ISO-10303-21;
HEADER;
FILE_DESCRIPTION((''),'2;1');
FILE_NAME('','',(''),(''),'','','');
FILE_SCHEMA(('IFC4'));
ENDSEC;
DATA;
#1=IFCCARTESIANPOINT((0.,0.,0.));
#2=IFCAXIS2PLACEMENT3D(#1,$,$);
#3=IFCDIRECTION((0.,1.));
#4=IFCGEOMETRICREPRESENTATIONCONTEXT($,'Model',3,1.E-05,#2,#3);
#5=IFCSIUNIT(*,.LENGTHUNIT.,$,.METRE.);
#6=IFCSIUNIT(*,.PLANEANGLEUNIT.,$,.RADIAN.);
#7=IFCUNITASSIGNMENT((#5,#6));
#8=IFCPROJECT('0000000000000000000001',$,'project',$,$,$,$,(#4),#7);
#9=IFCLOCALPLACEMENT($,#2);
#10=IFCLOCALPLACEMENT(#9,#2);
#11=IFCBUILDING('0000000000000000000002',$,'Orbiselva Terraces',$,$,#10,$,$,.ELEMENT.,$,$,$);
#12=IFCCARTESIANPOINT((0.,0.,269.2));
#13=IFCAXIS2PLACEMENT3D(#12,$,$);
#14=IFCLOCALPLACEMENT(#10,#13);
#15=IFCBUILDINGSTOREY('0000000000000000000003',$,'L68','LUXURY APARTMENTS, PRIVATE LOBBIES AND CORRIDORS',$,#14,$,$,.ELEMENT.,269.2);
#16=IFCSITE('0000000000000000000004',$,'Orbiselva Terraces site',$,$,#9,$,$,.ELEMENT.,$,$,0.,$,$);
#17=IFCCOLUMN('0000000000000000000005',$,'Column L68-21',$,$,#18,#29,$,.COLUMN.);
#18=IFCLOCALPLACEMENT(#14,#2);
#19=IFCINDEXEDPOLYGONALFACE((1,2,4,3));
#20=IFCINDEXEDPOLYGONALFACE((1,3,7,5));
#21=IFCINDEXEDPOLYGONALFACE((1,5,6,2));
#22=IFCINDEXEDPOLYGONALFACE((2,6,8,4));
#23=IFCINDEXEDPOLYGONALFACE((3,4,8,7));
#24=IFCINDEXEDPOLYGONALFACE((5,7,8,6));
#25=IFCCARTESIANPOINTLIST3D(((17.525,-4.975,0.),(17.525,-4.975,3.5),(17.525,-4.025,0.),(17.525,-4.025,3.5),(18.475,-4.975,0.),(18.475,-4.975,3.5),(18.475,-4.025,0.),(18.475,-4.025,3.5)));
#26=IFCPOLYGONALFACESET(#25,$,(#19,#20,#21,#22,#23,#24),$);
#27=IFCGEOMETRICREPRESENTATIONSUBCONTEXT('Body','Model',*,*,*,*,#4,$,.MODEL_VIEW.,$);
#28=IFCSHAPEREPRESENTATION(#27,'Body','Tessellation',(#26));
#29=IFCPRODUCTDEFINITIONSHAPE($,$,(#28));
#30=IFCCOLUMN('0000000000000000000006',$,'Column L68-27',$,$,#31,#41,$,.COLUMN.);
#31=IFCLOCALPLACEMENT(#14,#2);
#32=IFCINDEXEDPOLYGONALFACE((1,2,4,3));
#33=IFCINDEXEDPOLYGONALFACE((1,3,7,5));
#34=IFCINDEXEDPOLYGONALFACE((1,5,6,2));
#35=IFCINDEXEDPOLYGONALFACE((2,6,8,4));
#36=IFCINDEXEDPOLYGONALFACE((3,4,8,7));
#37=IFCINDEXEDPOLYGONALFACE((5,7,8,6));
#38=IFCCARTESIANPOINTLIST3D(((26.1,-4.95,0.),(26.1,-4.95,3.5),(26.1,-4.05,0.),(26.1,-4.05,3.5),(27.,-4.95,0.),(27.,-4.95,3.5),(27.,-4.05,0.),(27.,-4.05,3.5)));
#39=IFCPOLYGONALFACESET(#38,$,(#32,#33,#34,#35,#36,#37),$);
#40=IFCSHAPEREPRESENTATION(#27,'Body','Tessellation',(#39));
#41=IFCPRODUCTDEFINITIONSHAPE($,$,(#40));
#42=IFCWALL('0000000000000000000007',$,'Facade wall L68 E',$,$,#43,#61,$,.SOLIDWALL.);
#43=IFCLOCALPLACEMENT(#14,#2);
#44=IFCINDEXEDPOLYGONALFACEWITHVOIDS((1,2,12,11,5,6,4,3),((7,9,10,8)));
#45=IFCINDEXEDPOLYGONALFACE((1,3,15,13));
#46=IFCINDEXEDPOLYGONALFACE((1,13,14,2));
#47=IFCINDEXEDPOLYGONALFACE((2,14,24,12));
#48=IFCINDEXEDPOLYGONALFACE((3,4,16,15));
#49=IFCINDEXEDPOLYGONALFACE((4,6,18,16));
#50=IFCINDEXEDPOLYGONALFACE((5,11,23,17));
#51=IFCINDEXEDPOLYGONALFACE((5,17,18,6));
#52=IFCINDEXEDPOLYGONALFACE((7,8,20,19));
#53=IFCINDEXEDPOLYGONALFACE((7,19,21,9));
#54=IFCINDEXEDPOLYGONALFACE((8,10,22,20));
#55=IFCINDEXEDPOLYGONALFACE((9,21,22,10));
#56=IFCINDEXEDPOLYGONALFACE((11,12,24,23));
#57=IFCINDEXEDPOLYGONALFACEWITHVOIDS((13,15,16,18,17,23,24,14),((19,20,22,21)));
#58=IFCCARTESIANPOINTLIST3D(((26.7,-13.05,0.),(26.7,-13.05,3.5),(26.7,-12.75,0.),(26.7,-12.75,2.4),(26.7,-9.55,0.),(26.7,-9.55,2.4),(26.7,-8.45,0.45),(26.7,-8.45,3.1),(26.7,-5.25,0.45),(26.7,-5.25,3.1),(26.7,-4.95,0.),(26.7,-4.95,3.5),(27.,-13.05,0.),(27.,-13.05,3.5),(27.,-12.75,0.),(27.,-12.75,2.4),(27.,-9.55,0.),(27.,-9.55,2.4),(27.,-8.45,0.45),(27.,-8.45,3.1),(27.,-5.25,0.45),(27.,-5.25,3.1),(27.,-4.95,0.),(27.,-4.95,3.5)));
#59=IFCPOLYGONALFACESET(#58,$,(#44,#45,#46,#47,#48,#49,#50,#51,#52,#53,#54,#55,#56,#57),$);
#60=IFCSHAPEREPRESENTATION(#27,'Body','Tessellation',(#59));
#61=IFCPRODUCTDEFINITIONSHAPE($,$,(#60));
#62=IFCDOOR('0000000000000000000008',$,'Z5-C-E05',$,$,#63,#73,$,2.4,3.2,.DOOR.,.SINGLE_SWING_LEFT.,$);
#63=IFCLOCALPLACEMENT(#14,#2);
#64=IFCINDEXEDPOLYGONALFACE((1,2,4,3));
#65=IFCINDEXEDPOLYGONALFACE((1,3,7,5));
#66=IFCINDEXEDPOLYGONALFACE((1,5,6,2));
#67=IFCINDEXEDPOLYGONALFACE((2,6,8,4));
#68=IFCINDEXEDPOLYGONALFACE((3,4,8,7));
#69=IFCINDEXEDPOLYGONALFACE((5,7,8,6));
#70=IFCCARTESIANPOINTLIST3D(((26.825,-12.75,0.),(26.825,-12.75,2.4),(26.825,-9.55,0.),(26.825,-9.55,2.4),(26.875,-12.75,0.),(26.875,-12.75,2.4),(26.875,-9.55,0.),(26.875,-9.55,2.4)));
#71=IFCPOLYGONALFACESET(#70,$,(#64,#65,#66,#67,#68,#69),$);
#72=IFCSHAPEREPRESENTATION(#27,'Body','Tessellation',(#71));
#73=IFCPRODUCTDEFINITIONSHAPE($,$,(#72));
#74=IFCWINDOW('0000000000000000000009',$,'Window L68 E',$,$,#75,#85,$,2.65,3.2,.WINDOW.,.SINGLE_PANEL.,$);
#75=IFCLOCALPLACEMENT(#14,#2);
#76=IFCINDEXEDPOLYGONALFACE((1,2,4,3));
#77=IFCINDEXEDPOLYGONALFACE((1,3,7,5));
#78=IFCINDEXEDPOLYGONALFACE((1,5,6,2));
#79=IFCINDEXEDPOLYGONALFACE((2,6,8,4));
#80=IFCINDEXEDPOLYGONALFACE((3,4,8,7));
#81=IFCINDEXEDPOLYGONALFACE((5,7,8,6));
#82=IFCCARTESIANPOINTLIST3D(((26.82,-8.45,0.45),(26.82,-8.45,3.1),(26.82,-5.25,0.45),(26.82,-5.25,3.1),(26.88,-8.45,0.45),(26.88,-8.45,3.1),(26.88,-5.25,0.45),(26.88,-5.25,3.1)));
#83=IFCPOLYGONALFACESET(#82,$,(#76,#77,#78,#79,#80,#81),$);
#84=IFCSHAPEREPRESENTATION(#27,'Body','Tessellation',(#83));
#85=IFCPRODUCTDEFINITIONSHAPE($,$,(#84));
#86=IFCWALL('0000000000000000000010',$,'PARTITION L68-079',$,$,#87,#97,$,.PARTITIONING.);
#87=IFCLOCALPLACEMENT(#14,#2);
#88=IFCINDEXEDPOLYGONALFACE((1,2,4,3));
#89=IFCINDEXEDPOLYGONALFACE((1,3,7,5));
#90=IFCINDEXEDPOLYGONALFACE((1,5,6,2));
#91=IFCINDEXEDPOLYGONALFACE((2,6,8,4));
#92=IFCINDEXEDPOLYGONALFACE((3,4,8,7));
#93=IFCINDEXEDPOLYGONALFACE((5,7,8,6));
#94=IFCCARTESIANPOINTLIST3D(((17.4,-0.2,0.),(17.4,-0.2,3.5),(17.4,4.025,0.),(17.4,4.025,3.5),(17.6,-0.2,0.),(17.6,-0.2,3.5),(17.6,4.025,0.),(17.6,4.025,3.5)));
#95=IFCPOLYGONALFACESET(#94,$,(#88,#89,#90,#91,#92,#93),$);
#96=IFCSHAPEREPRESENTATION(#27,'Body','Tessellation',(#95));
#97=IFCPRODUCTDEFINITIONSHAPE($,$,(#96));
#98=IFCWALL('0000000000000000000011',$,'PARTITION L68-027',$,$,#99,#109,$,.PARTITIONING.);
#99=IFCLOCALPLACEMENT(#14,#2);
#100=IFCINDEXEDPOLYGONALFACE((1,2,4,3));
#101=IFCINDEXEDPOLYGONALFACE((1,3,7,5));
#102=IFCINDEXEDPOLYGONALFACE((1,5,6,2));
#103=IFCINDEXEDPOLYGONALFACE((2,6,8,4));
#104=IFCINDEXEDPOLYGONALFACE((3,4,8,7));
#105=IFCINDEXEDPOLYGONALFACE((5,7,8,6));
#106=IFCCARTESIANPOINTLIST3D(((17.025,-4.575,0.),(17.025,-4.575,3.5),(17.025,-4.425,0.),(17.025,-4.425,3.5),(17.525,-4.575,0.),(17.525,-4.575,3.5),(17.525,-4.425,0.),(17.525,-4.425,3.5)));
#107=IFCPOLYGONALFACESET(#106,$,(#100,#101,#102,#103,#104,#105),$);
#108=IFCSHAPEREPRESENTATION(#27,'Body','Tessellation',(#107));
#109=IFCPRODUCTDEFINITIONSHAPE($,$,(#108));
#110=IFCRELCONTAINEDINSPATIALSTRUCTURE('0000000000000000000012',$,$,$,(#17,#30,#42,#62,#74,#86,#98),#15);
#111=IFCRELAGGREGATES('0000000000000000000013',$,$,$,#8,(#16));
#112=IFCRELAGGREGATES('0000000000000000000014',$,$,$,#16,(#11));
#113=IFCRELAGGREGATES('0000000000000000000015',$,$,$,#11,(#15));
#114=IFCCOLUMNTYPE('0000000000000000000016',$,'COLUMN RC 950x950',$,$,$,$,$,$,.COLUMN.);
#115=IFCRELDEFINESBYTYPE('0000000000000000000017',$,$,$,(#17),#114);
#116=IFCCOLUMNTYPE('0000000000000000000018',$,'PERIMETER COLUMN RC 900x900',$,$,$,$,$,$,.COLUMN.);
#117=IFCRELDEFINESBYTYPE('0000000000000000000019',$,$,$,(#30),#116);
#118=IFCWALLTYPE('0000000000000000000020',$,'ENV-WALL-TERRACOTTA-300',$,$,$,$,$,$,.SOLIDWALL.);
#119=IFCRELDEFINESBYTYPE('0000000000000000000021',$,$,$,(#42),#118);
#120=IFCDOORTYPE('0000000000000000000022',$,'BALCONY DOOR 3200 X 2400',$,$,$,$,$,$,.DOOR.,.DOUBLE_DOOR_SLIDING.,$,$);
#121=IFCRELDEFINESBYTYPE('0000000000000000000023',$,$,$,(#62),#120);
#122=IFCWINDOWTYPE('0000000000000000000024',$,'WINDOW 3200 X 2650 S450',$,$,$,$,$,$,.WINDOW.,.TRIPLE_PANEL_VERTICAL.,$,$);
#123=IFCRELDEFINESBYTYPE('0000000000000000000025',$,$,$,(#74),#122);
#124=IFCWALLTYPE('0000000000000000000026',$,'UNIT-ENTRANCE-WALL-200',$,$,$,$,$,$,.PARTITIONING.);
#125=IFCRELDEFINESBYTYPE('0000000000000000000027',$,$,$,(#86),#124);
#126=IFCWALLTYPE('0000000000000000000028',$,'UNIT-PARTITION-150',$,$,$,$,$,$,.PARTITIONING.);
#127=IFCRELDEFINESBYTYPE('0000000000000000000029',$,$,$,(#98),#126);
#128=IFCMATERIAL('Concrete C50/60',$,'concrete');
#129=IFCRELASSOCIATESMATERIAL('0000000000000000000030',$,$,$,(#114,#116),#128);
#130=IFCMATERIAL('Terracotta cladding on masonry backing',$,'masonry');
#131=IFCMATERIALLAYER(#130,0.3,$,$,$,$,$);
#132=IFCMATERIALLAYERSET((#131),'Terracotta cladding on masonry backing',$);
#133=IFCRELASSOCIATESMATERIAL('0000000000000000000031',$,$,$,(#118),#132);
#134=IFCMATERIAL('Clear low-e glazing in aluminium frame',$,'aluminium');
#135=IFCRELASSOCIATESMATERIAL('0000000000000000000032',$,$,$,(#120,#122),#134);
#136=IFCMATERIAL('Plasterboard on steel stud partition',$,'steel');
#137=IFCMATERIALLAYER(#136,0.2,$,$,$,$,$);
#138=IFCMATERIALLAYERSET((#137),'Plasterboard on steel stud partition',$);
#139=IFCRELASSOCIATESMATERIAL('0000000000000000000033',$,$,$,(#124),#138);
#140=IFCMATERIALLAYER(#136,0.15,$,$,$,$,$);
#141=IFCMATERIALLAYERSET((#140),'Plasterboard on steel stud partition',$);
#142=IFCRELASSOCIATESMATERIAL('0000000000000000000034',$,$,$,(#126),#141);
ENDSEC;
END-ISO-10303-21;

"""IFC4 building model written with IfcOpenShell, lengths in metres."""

from ifc_helpers import new_model, si_unit, direction, frame, frame_2d, origin, origin_2d, place, context, subcontext, project, spatial, rectangle, extrude, material, layer, layer_set, material_profile, profile_set, type_object, element, fill, save


model = new_model("IFC4")

# Units and contexts
model_context = context("Model", 3, precision=1e-05, world=origin(), true_north=direction((0.0, 1.0)))
body_context = subcontext(model_context, "Body", "Model", "MODEL_VIEW")
ifc_project = project(units=[si_unit("LENGTHUNIT", "METRE"), si_unit("PLANEANGLEUNIT", "RADIAN")], contexts=[model_context])

# Site, building, storey
site_placement = place(None, origin())
site = spatial("IfcSite", under=ifc_project, at=site_placement, Name="Orbiselva Terraces site", CompositionType="ELEMENT", RefElevation=0.0)
building_placement = place(site_placement, origin())
building = spatial("IfcBuilding", under=site, at=building_placement, Name="Orbiselva Terraces", CompositionType="ELEMENT")
storey_placement = place(building_placement, frame((0.0, 0.0, 269.2)))
storey = spatial("IfcBuildingStorey", under=building, at=storey_placement, Name="L68", Description="LUXURY APARTMENTS, PRIVATE LOBBIES AND CORRIDORS", CompositionType="ELEMENT", Elevation=269.2)

# Columns
ifc_material_1 = material(Name="Concrete C50/60", Category="concrete")
ifc_material_profile_1 = material_profile(ifc_material_1, rectangle(XDim=0.95, YDim=0.95, at=origin_2d()), Name="RC 950x950")
ifc_profile_set_1 = profile_set([ifc_material_profile_1], Name="Concrete C50/60")
column_type_1 = type_object("IfcColumnType", Name="COLUMN RC 950x950", PredefinedType="COLUMN", material=ifc_profile_set_1)
column_1_placement = place(storey_placement, frame((18.0, -4.5, 0.0), z_axis=(0.0, 0.0, 1.0), x_axis=(1.0, 0.0, 0.0)))
element("IfcColumn", 1, at=column_1_placement, inside=storey, type_object=column_type_1, Name="Column L68-21", PredefinedType="COLUMN", context=body_context, shape_type="SweptSolid", body=[
    extrude(rectangle(XDim=0.95, YDim=0.95, at=origin_2d()), origin(), (0.0, 0.0, 1.0), 3.5),
])
ifc_material_profile_2 = material_profile(ifc_material_1, rectangle(XDim=0.9, YDim=0.9, at=origin_2d()), Name="RC 900x900")
ifc_profile_set_2 = profile_set([ifc_material_profile_2], Name="Concrete C50/60")
column_type_2 = type_object("IfcColumnType", Name="PERIMETER COLUMN RC 900x900", PredefinedType="COLUMN", material=ifc_profile_set_2)
column_2_placement = place(storey_placement, frame((26.55, -4.5, 0.0), z_axis=(0.0, 0.0, 1.0), x_axis=(1.0, 0.0, 0.0)))
element("IfcColumn", 2, at=column_2_placement, inside=storey, type_object=column_type_2, Name="Column L68-27", PredefinedType="COLUMN", context=body_context, shape_type="SweptSolid", body=[
    extrude(rectangle(XDim=0.9, YDim=0.9, at=origin_2d()), origin(), (0.0, 0.0, 1.0), 3.5),
])

# Wall, openings, door, window
ifc_material_2 = material(Name="Terracotta cladding on masonry backing", Category="masonry")
ifc_layer_1 = layer(ifc_material_2, 0.3)
ifc_layer_set_1 = layer_set([ifc_layer_1], Name="Terracotta cladding on masonry backing")
wall_type_1 = type_object("IfcWallType", Name="ENV-WALL-TERRACOTTA-300", PredefinedType="SOLIDWALL", material=ifc_layer_set_1)
wall_1_placement = place(storey_placement, frame((26.85, -4.95, 0.0), z_axis=(0.0, 0.0, 1.0), x_axis=(0.0, -1.0, 0.0)))
wall_1 = element("IfcWall", 3, at=wall_1_placement, inside=storey, type_object=wall_type_1, Name="Facade wall L68 E", PredefinedType="SOLIDWALL", context=body_context, shape_type="SweptSolid", body=[
    extrude(rectangle(XDim=8.1, YDim=0.3, at=frame_2d((4.05, 0.0))), origin(), (0.0, 0.0, 1.0), 3.5),
])
opening_1_placement = place(wall_1_placement, frame((4.6, 0.0, 0.0)))
opening_1 = element("IfcOpeningElement", 4, at=opening_1_placement, cuts=wall_1, PredefinedType="OPENING", context=body_context, shape_type="SweptSolid", body=[
    extrude(rectangle(XDim=3.2, YDim=2.4, at=frame_2d((1.6, 1.2))), frame((0.0, 0.16, 0.0), z_axis=(0.0, -1.0, 0.0), x_axis=(1.0, 0.0, 0.0)), (0.0, 0.0, 1.0), 0.32),
])
opening_2_placement = place(wall_1_placement, frame((0.3, 0.0, 0.45)))
opening_2 = element("IfcOpeningElement", 5, at=opening_2_placement, cuts=wall_1, PredefinedType="OPENING", context=body_context, shape_type="SweptSolid", body=[
    extrude(rectangle(XDim=3.2, YDim=2.65, at=frame_2d((1.6, 1.325))), frame((0.0, 0.16, 0.0), z_axis=(0.0, -1.0, 0.0), x_axis=(1.0, 0.0, 0.0)), (0.0, 0.0, 1.0), 0.32),
])
ifc_material_3 = material(Name="Clear low-e glazing in aluminium frame", Category="aluminium")
door_type_1 = type_object("IfcDoorType", Name="BALCONY DOOR 3200 X 2400", OperationType="DOUBLE_DOOR_SLIDING", PredefinedType="DOOR", material=ifc_material_3)
door_1_placement = place(opening_1_placement, origin())
door_1 = element("IfcDoor", 6, at=door_1_placement, inside=storey, type_object=door_type_1, Name="Z5-C-E05", OperationType="SINGLE_SWING_LEFT", OverallHeight=2.4, OverallWidth=3.2, PredefinedType="DOOR", context=body_context, shape_type="SweptSolid", body=[
    extrude(rectangle(XDim=3.2, YDim=2.4, at=frame_2d((1.6, 1.2))), frame((0.0, 0.025, 0.0), z_axis=(0.0, -1.0, 0.0), x_axis=(1.0, 0.0, 0.0)), (0.0, 0.0, 1.0), 0.05),
])
fill(opening_1, door_1)
window_type = type_object("IfcWindowType", Name="WINDOW 3200 X 2650 S450", PartitioningType="TRIPLE_PANEL_VERTICAL", PredefinedType="WINDOW", material=ifc_material_3)
window_placement = place(opening_2_placement, origin())
window = element("IfcWindow", 7, at=window_placement, inside=storey, type_object=window_type, Name="Window L68 E", OverallHeight=2.65, OverallWidth=3.2, PartitioningType="SINGLE_PANEL", PredefinedType="WINDOW", context=body_context, shape_type="SweptSolid", body=[
    extrude(rectangle(XDim=3.2, YDim=2.65, at=frame_2d((1.6, 1.325))), frame((0.0, 0.03, 0.0), z_axis=(0.0, -1.0, 0.0), x_axis=(1.0, 0.0, 0.0)), (0.0, 0.0, 1.0), 0.06),
])
fill(opening_2, window)

# Walls
ifc_material_4 = material(Name="Plasterboard on steel stud partition", Category="steel")
ifc_layer_2 = layer(ifc_material_4, 0.2)
ifc_layer_set_2 = layer_set([ifc_layer_2], Name="Plasterboard on steel stud partition")
wall_type_2 = type_object("IfcWallType", Name="UNIT-ENTRANCE-WALL-200", PredefinedType="PARTITIONING", material=ifc_layer_set_2)
wall_2_placement = place(storey_placement, frame((17.5, -0.2, 0.0), z_axis=(0.0, 0.0, 1.0), x_axis=(0.0, 1.0, 0.0)))
element("IfcWall", 8, at=wall_2_placement, inside=storey, type_object=wall_type_2, Name="PARTITION L68-079", PredefinedType="PARTITIONING", context=body_context, shape_type="SweptSolid", body=[
    extrude(rectangle(XDim=4.225, YDim=0.2, at=frame_2d((2.1125, 0.0))), origin(), (0.0, 0.0, 1.0), 3.5),
])
ifc_layer_3 = layer(ifc_material_4, 0.15)
ifc_layer_set_3 = layer_set([ifc_layer_3], Name="Plasterboard on steel stud partition")
wall_type_3 = type_object("IfcWallType", Name="UNIT-PARTITION-150", PredefinedType="PARTITIONING", material=ifc_layer_set_3)
wall_3_placement = place(storey_placement, frame((17.025, -4.5, 0.0), z_axis=(0.0, 0.0, 1.0), x_axis=(1.0, 0.0, 0.0)))
element("IfcWall", 9, at=wall_3_placement, inside=storey, type_object=wall_type_3, Name="PARTITION L68-027", PredefinedType="PARTITIONING", context=body_context, shape_type="SweptSolid", body=[
    extrude(rectangle(XDim=0.5, YDim=0.15, at=frame_2d((0.25, 0.0))), origin(), (0.0, 0.0, 1.0), 3.5),
])

save(model, "model.ifc")
